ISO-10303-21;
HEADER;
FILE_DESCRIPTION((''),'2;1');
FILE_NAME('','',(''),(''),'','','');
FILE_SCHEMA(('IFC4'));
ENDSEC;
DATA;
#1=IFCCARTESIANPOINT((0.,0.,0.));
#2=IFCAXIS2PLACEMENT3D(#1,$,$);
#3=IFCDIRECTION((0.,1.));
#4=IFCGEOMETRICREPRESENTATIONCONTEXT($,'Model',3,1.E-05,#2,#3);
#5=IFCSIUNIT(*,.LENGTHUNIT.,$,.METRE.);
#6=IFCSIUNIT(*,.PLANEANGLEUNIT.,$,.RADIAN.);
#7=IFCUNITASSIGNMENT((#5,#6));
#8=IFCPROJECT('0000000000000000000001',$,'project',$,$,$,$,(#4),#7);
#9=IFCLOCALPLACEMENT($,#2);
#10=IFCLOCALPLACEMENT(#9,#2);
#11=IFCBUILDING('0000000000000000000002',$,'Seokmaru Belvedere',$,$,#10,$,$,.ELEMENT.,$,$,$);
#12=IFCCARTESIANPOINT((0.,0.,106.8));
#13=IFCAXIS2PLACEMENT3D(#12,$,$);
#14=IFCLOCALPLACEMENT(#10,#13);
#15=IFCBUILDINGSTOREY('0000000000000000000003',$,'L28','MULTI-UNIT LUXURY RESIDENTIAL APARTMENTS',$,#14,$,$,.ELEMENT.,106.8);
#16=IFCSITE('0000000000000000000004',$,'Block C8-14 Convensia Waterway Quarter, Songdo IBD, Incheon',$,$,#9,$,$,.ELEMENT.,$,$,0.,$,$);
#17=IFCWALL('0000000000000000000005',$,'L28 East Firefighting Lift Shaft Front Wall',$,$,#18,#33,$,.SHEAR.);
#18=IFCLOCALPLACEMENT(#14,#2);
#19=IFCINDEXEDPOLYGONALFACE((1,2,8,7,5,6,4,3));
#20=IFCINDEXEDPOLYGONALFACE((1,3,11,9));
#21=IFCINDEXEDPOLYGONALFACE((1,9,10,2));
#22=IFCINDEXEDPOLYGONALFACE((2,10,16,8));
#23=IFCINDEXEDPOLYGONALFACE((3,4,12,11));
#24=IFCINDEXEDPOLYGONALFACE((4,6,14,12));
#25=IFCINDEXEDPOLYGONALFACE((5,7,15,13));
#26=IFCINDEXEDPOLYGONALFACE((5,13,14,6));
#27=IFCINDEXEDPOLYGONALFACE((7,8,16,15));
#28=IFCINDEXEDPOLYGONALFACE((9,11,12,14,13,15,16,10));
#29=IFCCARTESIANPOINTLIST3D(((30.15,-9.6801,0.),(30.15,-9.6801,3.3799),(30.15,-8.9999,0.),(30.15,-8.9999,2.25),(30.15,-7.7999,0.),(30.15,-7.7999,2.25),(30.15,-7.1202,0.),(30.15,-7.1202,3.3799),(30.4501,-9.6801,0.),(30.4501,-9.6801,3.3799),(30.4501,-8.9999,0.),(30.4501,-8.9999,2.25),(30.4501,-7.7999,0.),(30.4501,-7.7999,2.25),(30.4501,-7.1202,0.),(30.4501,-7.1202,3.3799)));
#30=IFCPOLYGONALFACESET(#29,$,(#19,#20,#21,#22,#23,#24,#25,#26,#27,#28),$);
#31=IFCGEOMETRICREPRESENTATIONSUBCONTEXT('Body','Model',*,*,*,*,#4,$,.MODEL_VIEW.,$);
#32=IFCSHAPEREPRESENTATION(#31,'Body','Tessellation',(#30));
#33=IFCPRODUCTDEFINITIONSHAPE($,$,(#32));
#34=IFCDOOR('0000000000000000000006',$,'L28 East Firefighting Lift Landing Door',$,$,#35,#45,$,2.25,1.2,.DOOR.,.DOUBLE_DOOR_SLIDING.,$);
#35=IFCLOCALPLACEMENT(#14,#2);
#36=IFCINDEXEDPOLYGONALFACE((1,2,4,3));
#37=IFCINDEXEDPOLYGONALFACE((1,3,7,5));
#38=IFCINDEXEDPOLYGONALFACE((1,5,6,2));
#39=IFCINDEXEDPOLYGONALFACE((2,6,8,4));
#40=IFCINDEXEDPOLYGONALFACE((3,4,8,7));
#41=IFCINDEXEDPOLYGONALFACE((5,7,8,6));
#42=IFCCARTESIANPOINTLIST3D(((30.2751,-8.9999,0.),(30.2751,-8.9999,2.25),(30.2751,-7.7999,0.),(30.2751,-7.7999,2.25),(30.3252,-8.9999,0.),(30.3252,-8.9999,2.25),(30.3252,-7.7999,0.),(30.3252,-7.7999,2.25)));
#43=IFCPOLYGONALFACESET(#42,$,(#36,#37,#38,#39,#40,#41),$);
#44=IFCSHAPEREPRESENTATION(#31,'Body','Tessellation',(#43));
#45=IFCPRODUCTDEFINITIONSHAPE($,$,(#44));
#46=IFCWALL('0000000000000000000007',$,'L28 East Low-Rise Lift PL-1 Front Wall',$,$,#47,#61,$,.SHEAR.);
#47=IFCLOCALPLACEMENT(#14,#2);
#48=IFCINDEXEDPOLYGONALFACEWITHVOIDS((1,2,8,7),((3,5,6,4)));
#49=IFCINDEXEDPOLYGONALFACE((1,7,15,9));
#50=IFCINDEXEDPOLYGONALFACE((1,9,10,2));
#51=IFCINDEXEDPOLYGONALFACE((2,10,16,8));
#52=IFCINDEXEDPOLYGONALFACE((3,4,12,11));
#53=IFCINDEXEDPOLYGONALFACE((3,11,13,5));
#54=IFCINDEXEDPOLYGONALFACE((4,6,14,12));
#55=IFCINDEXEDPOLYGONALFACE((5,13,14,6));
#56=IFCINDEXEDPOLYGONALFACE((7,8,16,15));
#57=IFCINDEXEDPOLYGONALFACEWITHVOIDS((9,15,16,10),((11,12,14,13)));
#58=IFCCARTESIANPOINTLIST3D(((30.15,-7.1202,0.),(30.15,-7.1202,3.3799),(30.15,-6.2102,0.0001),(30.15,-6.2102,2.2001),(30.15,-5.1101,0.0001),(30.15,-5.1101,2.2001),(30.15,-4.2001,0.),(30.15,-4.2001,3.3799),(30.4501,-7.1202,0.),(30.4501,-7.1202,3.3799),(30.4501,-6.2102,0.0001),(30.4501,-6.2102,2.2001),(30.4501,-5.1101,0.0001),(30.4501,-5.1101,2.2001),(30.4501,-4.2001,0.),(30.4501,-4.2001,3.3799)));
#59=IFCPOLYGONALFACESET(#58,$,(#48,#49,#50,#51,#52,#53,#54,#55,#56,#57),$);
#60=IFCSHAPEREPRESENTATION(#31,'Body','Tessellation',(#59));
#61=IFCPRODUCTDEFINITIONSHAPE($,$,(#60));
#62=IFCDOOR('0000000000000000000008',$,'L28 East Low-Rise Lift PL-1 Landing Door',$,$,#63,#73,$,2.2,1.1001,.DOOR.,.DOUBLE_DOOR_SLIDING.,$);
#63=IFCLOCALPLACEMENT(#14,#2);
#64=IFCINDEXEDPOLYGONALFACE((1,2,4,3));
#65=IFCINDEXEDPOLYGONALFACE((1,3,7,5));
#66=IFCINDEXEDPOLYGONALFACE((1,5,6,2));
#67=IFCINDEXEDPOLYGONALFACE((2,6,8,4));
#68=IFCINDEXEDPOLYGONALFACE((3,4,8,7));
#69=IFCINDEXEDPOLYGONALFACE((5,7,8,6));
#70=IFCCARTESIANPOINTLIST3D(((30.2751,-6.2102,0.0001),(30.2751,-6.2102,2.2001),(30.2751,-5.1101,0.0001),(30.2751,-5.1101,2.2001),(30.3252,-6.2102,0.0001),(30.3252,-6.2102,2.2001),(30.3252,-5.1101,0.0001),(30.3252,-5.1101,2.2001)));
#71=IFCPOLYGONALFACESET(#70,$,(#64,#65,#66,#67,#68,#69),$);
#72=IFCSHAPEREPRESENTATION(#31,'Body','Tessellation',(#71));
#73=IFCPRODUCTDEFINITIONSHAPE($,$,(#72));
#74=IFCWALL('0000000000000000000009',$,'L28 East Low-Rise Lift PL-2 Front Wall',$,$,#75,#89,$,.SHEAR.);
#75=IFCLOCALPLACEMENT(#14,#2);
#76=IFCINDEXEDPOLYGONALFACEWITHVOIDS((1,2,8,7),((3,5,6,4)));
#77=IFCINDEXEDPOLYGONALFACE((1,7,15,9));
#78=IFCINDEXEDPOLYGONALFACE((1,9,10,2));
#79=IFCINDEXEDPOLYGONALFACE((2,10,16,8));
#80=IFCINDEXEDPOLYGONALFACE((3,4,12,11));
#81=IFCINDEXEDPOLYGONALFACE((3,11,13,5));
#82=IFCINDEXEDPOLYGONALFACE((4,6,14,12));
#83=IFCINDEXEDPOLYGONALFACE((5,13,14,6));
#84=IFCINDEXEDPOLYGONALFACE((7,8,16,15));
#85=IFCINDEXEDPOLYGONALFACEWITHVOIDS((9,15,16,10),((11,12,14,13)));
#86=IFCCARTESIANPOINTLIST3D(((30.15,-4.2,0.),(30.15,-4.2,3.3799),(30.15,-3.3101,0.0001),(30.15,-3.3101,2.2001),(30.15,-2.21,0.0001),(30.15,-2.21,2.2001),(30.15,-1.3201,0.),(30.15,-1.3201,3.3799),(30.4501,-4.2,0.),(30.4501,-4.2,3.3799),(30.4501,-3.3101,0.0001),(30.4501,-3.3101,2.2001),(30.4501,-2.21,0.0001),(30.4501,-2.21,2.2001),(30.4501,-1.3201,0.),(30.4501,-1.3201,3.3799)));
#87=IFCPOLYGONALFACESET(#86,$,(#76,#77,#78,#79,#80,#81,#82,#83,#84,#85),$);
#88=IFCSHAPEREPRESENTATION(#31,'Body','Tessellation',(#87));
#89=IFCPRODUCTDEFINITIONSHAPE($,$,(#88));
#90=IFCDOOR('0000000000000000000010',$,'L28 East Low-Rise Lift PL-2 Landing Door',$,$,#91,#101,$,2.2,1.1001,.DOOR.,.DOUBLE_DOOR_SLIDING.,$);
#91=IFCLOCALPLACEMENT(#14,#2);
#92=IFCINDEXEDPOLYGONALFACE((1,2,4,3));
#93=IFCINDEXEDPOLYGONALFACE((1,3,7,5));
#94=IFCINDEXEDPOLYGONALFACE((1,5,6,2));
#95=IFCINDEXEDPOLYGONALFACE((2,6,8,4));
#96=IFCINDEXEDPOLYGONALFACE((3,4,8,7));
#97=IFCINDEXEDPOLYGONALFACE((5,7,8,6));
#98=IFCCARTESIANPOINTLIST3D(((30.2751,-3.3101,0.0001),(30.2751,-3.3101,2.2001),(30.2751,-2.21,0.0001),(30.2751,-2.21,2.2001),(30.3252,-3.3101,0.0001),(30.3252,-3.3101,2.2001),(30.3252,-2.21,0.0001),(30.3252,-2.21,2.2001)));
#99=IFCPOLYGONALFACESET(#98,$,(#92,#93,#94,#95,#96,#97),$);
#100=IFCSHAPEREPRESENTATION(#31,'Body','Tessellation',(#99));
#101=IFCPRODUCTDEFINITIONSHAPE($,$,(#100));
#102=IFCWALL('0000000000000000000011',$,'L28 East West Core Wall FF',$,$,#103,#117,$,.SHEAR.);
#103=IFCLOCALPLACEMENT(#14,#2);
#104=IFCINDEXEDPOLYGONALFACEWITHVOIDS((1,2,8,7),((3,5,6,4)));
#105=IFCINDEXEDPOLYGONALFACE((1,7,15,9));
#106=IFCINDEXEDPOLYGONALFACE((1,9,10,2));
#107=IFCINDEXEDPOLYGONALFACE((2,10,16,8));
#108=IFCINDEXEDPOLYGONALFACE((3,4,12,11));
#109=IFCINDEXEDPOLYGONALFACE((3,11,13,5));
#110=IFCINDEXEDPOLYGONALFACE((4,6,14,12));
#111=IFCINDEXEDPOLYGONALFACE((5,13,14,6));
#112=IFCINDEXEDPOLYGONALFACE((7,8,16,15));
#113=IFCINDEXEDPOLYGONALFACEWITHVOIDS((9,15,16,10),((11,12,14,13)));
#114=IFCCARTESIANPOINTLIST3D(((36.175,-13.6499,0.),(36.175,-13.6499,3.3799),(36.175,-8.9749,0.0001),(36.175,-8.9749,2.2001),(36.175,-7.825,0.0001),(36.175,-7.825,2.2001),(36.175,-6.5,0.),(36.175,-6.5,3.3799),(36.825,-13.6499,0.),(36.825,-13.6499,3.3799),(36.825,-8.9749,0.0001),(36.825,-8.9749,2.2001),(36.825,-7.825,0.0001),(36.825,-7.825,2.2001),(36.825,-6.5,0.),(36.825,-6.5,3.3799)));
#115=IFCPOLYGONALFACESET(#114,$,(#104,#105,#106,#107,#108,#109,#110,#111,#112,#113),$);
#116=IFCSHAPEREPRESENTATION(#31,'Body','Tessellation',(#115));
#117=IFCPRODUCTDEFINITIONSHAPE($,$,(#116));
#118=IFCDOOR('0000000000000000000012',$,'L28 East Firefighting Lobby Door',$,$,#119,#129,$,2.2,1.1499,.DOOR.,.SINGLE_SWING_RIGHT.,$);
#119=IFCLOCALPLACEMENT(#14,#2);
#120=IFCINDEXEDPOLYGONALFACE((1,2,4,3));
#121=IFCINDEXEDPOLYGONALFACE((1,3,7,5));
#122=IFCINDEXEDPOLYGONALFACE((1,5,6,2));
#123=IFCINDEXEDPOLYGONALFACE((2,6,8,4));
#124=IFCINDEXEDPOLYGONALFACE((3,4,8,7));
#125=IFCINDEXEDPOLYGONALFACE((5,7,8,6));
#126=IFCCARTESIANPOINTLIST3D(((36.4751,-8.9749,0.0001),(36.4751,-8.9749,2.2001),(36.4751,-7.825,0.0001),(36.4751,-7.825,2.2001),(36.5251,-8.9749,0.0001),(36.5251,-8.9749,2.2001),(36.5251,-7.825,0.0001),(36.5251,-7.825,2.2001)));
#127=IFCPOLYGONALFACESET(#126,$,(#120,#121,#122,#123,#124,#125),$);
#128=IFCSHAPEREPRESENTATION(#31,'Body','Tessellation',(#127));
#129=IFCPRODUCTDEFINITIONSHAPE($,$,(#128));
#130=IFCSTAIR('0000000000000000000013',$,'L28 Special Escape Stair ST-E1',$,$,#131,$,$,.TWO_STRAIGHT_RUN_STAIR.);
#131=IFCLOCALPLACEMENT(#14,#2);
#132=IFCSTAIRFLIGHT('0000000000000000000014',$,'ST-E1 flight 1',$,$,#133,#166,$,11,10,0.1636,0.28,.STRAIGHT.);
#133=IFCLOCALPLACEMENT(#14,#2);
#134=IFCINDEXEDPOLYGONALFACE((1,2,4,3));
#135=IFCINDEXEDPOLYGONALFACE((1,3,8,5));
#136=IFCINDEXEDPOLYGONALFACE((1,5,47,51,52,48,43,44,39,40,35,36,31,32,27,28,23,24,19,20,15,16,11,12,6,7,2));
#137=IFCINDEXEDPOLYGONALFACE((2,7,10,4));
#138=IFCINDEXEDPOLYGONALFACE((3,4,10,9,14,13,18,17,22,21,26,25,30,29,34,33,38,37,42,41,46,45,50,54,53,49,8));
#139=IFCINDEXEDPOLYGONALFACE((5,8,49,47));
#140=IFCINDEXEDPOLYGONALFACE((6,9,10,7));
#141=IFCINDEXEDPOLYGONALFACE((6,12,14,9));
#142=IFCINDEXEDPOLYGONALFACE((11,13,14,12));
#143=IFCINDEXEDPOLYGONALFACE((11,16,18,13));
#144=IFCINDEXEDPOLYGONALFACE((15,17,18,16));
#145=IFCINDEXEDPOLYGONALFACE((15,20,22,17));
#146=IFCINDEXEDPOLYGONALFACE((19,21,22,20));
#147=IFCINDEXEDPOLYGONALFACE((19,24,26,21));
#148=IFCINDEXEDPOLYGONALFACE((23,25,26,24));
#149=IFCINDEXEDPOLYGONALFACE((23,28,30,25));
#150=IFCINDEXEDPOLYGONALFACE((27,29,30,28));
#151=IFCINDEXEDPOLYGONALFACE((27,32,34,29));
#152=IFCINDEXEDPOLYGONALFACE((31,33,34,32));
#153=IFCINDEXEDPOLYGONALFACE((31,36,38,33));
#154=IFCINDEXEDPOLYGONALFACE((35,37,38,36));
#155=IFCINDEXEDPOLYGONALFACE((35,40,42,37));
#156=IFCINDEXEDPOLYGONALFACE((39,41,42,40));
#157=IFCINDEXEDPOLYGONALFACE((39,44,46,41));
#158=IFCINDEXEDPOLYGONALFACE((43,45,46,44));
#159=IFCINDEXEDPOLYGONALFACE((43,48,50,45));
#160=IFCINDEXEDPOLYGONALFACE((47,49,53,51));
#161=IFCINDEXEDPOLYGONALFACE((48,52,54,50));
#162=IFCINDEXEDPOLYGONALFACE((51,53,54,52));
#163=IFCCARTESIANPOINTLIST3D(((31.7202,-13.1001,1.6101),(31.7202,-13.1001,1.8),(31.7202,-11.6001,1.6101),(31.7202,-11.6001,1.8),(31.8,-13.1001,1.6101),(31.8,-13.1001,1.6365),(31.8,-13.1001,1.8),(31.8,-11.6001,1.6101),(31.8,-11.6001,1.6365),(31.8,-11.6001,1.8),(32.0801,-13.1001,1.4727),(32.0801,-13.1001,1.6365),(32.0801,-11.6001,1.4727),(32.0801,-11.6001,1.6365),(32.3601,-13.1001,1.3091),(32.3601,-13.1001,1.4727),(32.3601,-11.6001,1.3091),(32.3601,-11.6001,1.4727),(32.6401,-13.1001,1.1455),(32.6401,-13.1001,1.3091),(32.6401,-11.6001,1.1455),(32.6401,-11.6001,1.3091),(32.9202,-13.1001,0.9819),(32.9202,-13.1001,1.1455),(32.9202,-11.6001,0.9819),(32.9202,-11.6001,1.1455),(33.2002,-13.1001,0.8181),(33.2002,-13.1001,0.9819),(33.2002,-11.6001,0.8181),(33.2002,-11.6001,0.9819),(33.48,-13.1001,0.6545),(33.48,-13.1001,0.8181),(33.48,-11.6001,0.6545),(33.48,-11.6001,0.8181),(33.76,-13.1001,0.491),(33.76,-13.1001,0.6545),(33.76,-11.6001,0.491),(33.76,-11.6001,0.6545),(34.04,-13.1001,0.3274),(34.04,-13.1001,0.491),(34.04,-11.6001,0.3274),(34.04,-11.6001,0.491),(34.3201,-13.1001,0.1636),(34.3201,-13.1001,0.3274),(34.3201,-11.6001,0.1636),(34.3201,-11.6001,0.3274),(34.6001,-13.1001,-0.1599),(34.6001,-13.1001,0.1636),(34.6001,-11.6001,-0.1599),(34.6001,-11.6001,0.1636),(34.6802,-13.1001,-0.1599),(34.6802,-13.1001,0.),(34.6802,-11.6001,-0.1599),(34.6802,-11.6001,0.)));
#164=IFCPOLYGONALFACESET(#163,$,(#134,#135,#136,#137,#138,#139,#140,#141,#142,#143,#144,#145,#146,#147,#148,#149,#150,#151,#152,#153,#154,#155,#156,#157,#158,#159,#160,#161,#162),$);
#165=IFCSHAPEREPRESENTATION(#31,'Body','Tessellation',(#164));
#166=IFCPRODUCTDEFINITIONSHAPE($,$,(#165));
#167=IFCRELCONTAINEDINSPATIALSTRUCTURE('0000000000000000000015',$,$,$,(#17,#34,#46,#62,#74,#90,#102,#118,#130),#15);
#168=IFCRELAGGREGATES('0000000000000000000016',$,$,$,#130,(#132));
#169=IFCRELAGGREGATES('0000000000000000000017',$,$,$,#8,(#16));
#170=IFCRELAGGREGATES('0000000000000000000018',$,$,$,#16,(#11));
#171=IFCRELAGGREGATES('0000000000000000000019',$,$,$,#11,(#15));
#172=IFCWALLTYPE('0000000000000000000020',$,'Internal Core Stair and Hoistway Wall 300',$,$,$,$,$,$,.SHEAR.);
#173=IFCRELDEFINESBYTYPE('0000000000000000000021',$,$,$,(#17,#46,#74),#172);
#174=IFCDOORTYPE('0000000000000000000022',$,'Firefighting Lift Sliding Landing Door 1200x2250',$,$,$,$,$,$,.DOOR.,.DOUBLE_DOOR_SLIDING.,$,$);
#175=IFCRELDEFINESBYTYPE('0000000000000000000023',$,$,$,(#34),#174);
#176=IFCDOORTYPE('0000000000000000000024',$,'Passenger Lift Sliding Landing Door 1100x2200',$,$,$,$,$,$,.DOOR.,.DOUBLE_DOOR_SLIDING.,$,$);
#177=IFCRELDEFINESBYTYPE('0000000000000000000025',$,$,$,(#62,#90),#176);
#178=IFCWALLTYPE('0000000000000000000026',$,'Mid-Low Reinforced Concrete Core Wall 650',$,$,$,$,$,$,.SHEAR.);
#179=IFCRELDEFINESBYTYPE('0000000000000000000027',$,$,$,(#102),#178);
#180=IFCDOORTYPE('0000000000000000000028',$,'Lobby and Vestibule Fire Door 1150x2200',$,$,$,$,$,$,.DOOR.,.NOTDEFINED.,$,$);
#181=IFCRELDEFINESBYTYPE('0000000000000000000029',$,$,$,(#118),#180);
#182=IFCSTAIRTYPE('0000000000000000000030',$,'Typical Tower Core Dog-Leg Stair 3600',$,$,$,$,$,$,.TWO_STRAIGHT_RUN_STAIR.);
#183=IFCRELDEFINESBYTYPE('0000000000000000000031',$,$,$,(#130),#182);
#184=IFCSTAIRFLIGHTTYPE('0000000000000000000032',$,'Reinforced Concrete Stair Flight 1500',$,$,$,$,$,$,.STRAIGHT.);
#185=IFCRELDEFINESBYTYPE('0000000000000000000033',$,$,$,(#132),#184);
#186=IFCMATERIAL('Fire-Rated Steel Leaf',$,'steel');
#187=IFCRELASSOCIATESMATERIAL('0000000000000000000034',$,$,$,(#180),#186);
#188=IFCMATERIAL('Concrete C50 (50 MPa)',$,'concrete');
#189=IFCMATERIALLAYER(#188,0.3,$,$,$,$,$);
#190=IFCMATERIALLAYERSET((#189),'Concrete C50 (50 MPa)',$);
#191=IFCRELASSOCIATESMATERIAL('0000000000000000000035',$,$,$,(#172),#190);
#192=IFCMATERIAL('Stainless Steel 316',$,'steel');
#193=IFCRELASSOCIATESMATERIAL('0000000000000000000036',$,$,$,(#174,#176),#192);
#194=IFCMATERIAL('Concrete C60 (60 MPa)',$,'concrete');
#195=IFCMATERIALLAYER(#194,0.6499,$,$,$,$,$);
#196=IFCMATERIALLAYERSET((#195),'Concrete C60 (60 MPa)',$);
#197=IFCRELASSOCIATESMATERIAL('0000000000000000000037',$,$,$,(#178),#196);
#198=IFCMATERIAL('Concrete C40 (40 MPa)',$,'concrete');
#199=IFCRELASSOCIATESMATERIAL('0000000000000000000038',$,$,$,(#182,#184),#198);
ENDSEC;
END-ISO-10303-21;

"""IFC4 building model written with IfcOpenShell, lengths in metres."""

from ifc_helpers import new_model, si_unit, direction, frame, frame_2d, origin, place, context, subcontext, project, spatial, polyline, rectangle, outline, extrude, source, transform, mapped, material, layer, layer_set, type_object, type_shapes, element, fill, aggregate, save


model = new_model("IFC4")

# Units and contexts
model_context = context("Model", 3, precision=1e-05, world=origin(), true_north=direction((0.0, 1.0)))
body_context = subcontext(model_context, "Body", "Model", "MODEL_VIEW")
ifc_project = project(units=[si_unit("LENGTHUNIT", "METRE"), si_unit("PLANEANGLEUNIT", "RADIAN")], contexts=[model_context])

# Site, building, storey
site_placement = place(None, origin())
site = spatial("IfcSite", under=ifc_project, at=site_placement, Name="Block C8-14 Convensia Waterway Quarter, Songdo IBD, Incheon", CompositionType="ELEMENT", RefElevation=0.0)
building_placement = place(site_placement, origin())
building = spatial("IfcBuilding", under=site, at=building_placement, Name="Seokmaru Belvedere", CompositionType="ELEMENT")
storey_placement = place(building_placement, frame((0.0, 0.0, 106.8)))
storey = spatial("IfcBuildingStorey", under=building, at=storey_placement, Name="L28", Description="MULTI-UNIT LUXURY RESIDENTIAL APARTMENTS", CompositionType="ELEMENT", Elevation=106.8)

# Walls, openings, doors
ifc_material_1 = material(Name="Fire-Rated Steel Leaf", Category="steel")
door_type_1 = type_object("IfcDoorType", Name="Lobby and Vestibule Fire Door 1150x2200", OperationType="NOTDEFINED", PredefinedType="DOOR", material=ifc_material_1)
shared_shape_1 = source(origin(), body_context, "Body", "SweptSolid", [
    extrude(rectangle(XDim=1.1499, YDim=2.2, at=frame_2d((0.575, 1.1001))), frame((0.0, 0.0249, 0.0), z_axis=(0.0, -1.0, 0.0), x_axis=(1.0, 0.0, 0.0)), (0.0, 0.0, 1.0), 0.05),
])
type_shapes(door_type_1, [shared_shape_1])
ifc_material_2 = material(Name="Concrete C50 (50 MPa)", Category="concrete")
ifc_layer_1 = layer(ifc_material_2, 0.3)
ifc_layer_set_1 = layer_set([ifc_layer_1], Name="Concrete C50 (50 MPa)")
wall_type_1 = type_object("IfcWallType", Name="Internal Core Stair and Hoistway Wall 300", PredefinedType="SHEAR", material=ifc_layer_set_1)
wall_1_placement = place(storey_placement, frame((30.3, -9.6799, 0.0), z_axis=(0.0, 0.0, 1.0), x_axis=(0.0, 1.0, 0.0)))
wall_1 = element("IfcWall", 1, at=wall_1_placement, inside=storey, type_object=wall_type_1, Name="L28 East Firefighting Lift Shaft Front Wall", PredefinedType="SHEAR", context=body_context, shape_type="SweptSolid", body=[
    extrude(rectangle(XDim=2.5598, YDim=0.3, at=frame_2d((1.2798, 0.0))), origin(), (0.0, 0.0, 1.0), 3.3799),
])
opening_1_placement = place(wall_1_placement, frame((0.6799, 0.0, 0.0)))
opening_1 = element("IfcOpeningElement", 2, at=opening_1_placement, cuts=wall_1, PredefinedType="OPENING", context=body_context, shape_type="SweptSolid", body=[
    extrude(rectangle(XDim=1.2, YDim=2.25, at=frame_2d((0.6001, 1.125))), frame((0.0, 0.1602, 0.0), z_axis=(0.0, -1.0, 0.0), x_axis=(1.0, 0.0, 0.0)), (0.0, 0.0, 1.0), 0.3201),
])
ifc_material_3 = material(Name="Stainless Steel 316", Category="steel")
door_type_2 = type_object("IfcDoorType", Name="Firefighting Lift Sliding Landing Door 1200x2250", OperationType="DOUBLE_DOOR_SLIDING", PredefinedType="DOOR", material=ifc_material_3)
shared_shape_2 = source(origin(), body_context, "Body", "SweptSolid", [
    extrude(rectangle(XDim=1.2, YDim=2.25, at=frame_2d((0.6001, 1.125))), frame((0.0, 0.0249, 0.0), z_axis=(0.0, -1.0, 0.0), x_axis=(1.0, 0.0, 0.0)), (0.0, 0.0, 1.0), 0.05),
])
type_shapes(door_type_2, [shared_shape_2])
door_1_placement = place(opening_1_placement, origin())
door_1 = element("IfcDoor", 3, at=door_1_placement, inside=storey, type_object=door_type_2, Name="L28 East Firefighting Lift Landing Door", OperationType="DOUBLE_DOOR_SLIDING", OverallHeight=2.25, OverallWidth=1.2, PredefinedType="DOOR", context=body_context, shape_type="MappedRepresentation", body=[
    mapped(shared_shape_2, transform((0.0, 0.0, 0.0), scale=1.0)),
])
fill(opening_1, door_1)
wall_2_placement = place(storey_placement, frame((30.3, -7.1201, 0.0), z_axis=(0.0, 0.0, 1.0), x_axis=(0.0, 1.0, 0.0)))
wall_2 = element("IfcWall", 4, at=wall_2_placement, inside=storey, type_object=wall_type_1, Name="L28 East Low-Rise Lift PL-1 Front Wall", PredefinedType="SHEAR", context=body_context, shape_type="SweptSolid", body=[
    extrude(rectangle(XDim=2.9202, YDim=0.3, at=frame_2d((1.46, 0.0))), origin(), (0.0, 0.0, 1.0), 3.3799),
])
opening_2_placement = place(wall_2_placement, frame((0.9099, 0.0, 0.0)))
opening_2 = element("IfcOpeningElement", 5, at=opening_2_placement, cuts=wall_2, PredefinedType="OPENING", context=body_context, shape_type="SweptSolid", body=[
    extrude(rectangle(XDim=1.1001, YDim=2.2, at=frame_2d((0.55, 1.1001))), frame((0.0, 0.1602, 0.0), z_axis=(0.0, -1.0, 0.0), x_axis=(1.0, 0.0, 0.0)), (0.0, 0.0, 1.0), 0.3201),
])
door_type_3 = type_object("IfcDoorType", Name="Passenger Lift Sliding Landing Door 1100x2200", OperationType="DOUBLE_DOOR_SLIDING", PredefinedType="DOOR", material=ifc_material_3)
shared_shape_3 = source(origin(), body_context, "Body", "SweptSolid", [
    extrude(rectangle(XDim=1.1001, YDim=2.2, at=frame_2d((0.55, 1.1001))), frame((0.0, 0.0249, 0.0), z_axis=(0.0, -1.0, 0.0), x_axis=(1.0, 0.0, 0.0)), (0.0, 0.0, 1.0), 0.05),
])
type_shapes(door_type_3, [shared_shape_3])
door_2_placement = place(opening_2_placement, origin())
door_2 = element("IfcDoor", 6, at=door_2_placement, inside=storey, type_object=door_type_3, Name="L28 East Low-Rise Lift PL-1 Landing Door", OperationType="DOUBLE_DOOR_SLIDING", OverallHeight=2.2, OverallWidth=1.1001, PredefinedType="DOOR", context=body_context, shape_type="MappedRepresentation", body=[
    mapped(shared_shape_3, transform((0.0, 0.0, 0.0), scale=1.0)),
])
fill(opening_2, door_2)
wall_3_placement = place(storey_placement, frame((30.3, -4.2, 0.0), z_axis=(0.0, 0.0, 1.0), x_axis=(0.0, 1.0, 0.0)))
wall_3 = element("IfcWall", 7, at=wall_3_placement, inside=storey, type_object=wall_type_1, Name="L28 East Low-Rise Lift PL-2 Front Wall", PredefinedType="SHEAR", context=body_context, shape_type="SweptSolid", body=[
    extrude(rectangle(XDim=2.8799, YDim=0.3, at=frame_2d((1.4399, 0.0))), origin(), (0.0, 0.0, 1.0), 3.3799),
])
opening_3_placement = place(wall_3_placement, frame((0.8899, 0.0, 0.0)))
opening_3 = element("IfcOpeningElement", 8, at=opening_3_placement, cuts=wall_3, PredefinedType="OPENING", context=body_context, shape_type="SweptSolid", body=[
    extrude(rectangle(XDim=1.1001, YDim=2.2, at=frame_2d((0.55, 1.1001))), frame((0.0, 0.1602, 0.0), z_axis=(0.0, -1.0, 0.0), x_axis=(1.0, 0.0, 0.0)), (0.0, 0.0, 1.0), 0.3201),
])
door_3_placement = place(opening_3_placement, origin())
door_3 = element("IfcDoor", 9, at=door_3_placement, inside=storey, type_object=door_type_3, Name="L28 East Low-Rise Lift PL-2 Landing Door", OperationType="DOUBLE_DOOR_SLIDING", OverallHeight=2.2, OverallWidth=1.1001, PredefinedType="DOOR", context=body_context, shape_type="MappedRepresentation", body=[
    mapped(shared_shape_3, transform((0.0, 0.0, 0.0), scale=1.0)),
])
fill(opening_3, door_3)
ifc_material_4 = material(Name="Concrete C60 (60 MPa)", Category="concrete")
ifc_layer_2 = layer(ifc_material_4, 0.6499)
ifc_layer_set_2 = layer_set([ifc_layer_2], Name="Concrete C60 (60 MPa)")
wall_type_2 = type_object("IfcWallType", Name="Mid-Low Reinforced Concrete Core Wall 650", PredefinedType="SHEAR", material=ifc_layer_set_2)
wall_4_placement = place(storey_placement, frame((36.5, -13.6499, 0.0), z_axis=(0.0, 0.0, 1.0), x_axis=(0.0, 1.0, 0.0)))
wall_4 = element("IfcWall", 10, at=wall_4_placement, inside=storey, type_object=wall_type_2, Name="L28 East West Core Wall FF", PredefinedType="SHEAR", context=body_context, shape_type="SweptSolid", body=[
    extrude(rectangle(XDim=7.1499, YDim=0.6499, at=frame_2d((3.575, 0.0))), origin(), (0.0, 0.0, 1.0), 3.3799),
])
opening_4_placement = place(wall_4_placement, frame((4.675, 0.0, 0.0)))
opening_4 = element("IfcOpeningElement", 11, at=opening_4_placement, cuts=wall_4, PredefinedType="OPENING", context=body_context, shape_type="SweptSolid", body=[
    extrude(rectangle(XDim=1.1499, YDim=2.2, at=frame_2d((0.575, 1.1001))), frame((0.0, 0.335, 0.0), z_axis=(0.0, -1.0, 0.0), x_axis=(1.0, 0.0, 0.0)), (0.0, 0.0, 1.0), 0.6699),
])
door_4_placement = place(opening_4_placement, origin())
door_4 = element("IfcDoor", 12, at=door_4_placement, inside=storey, type_object=door_type_1, Name="L28 East Firefighting Lobby Door", OperationType="SINGLE_SWING_RIGHT", OverallHeight=2.2, OverallWidth=1.1499, PredefinedType="DOOR", context=body_context, shape_type="MappedRepresentation", body=[
    mapped(shared_shape_1, transform((0.0, 0.0, 0.0), scale=1.0)),
])
fill(opening_4, door_4)

# Stair, stair flight
ifc_material_5 = material(Name="Concrete C40 (40 MPa)", Category="concrete")
stair_type = type_object("IfcStairType", Name="Typical Tower Core Dog-Leg Stair 3600", PredefinedType="TWO_STRAIGHT_RUN_STAIR", material=ifc_material_5)
stair_placement = place(storey_placement, origin())
stair = element("IfcStair", 13, at=stair_placement, inside=storey, type_object=stair_type, Name="L28 Special Escape Stair ST-E1", PredefinedType="TWO_STRAIGHT_RUN_STAIR")
stair_flight_type = type_object("IfcStairFlightType", Name="Reinforced Concrete Stair Flight 1500", PredefinedType="STRAIGHT", material=ifc_material_5)
stair_flight_1_placement = place(storey_placement, frame((34.6001, -12.3501, 0.0), z_axis=(0.0, 0.0, 1.0), x_axis=(-1.0, 0.0, 0.0)))
stair_flight_1 = element("IfcStairFlight", 14, at=stair_flight_1_placement, type_object=stair_flight_type, Name="ST-E1 flight 1", NumberOfRisers=11, NumberOfTreads=10, PredefinedType="STRAIGHT", RiserHeight=0.1636, TreadLength=0.28, context=body_context, shape_type="SweptSolid", body=[
    extrude(outline(polyline([(-0.0801, 0.0), (0.0, 0.1636), (0.28, 0.1636), (0.28, 0.3274), (0.5601, 0.3274), (0.5601, 0.491), (0.8401, 0.491), (0.8401, 0.6545), (1.1201, 0.6545), (1.1201, 0.8181), (1.3999, 0.8181), (1.3999, 0.9819), (1.6799, 0.9819), (1.6799, 1.1455), (1.96, 1.1455), (1.96, 1.3091), (2.24, 1.3091), (2.24, 1.4727), (2.52, 1.4727), (2.52, 1.6365), (2.8, 1.6365), (2.8, 1.8), (2.8799, 1.8), (2.8799, 1.6101), (2.8, 1.6101), (0.0, -0.1599), (-0.0801, -0.1599), (-0.0801, 0.0)])), frame((0.0, 0.75, 0.0), z_axis=(0.0, -1.0, 0.0), x_axis=(1.0, 0.0, 0.0)), (0.0, 0.0, 1.0), 1.5),
])
aggregate(stair, [stair_flight_1])

save(model, "model.ifc")
